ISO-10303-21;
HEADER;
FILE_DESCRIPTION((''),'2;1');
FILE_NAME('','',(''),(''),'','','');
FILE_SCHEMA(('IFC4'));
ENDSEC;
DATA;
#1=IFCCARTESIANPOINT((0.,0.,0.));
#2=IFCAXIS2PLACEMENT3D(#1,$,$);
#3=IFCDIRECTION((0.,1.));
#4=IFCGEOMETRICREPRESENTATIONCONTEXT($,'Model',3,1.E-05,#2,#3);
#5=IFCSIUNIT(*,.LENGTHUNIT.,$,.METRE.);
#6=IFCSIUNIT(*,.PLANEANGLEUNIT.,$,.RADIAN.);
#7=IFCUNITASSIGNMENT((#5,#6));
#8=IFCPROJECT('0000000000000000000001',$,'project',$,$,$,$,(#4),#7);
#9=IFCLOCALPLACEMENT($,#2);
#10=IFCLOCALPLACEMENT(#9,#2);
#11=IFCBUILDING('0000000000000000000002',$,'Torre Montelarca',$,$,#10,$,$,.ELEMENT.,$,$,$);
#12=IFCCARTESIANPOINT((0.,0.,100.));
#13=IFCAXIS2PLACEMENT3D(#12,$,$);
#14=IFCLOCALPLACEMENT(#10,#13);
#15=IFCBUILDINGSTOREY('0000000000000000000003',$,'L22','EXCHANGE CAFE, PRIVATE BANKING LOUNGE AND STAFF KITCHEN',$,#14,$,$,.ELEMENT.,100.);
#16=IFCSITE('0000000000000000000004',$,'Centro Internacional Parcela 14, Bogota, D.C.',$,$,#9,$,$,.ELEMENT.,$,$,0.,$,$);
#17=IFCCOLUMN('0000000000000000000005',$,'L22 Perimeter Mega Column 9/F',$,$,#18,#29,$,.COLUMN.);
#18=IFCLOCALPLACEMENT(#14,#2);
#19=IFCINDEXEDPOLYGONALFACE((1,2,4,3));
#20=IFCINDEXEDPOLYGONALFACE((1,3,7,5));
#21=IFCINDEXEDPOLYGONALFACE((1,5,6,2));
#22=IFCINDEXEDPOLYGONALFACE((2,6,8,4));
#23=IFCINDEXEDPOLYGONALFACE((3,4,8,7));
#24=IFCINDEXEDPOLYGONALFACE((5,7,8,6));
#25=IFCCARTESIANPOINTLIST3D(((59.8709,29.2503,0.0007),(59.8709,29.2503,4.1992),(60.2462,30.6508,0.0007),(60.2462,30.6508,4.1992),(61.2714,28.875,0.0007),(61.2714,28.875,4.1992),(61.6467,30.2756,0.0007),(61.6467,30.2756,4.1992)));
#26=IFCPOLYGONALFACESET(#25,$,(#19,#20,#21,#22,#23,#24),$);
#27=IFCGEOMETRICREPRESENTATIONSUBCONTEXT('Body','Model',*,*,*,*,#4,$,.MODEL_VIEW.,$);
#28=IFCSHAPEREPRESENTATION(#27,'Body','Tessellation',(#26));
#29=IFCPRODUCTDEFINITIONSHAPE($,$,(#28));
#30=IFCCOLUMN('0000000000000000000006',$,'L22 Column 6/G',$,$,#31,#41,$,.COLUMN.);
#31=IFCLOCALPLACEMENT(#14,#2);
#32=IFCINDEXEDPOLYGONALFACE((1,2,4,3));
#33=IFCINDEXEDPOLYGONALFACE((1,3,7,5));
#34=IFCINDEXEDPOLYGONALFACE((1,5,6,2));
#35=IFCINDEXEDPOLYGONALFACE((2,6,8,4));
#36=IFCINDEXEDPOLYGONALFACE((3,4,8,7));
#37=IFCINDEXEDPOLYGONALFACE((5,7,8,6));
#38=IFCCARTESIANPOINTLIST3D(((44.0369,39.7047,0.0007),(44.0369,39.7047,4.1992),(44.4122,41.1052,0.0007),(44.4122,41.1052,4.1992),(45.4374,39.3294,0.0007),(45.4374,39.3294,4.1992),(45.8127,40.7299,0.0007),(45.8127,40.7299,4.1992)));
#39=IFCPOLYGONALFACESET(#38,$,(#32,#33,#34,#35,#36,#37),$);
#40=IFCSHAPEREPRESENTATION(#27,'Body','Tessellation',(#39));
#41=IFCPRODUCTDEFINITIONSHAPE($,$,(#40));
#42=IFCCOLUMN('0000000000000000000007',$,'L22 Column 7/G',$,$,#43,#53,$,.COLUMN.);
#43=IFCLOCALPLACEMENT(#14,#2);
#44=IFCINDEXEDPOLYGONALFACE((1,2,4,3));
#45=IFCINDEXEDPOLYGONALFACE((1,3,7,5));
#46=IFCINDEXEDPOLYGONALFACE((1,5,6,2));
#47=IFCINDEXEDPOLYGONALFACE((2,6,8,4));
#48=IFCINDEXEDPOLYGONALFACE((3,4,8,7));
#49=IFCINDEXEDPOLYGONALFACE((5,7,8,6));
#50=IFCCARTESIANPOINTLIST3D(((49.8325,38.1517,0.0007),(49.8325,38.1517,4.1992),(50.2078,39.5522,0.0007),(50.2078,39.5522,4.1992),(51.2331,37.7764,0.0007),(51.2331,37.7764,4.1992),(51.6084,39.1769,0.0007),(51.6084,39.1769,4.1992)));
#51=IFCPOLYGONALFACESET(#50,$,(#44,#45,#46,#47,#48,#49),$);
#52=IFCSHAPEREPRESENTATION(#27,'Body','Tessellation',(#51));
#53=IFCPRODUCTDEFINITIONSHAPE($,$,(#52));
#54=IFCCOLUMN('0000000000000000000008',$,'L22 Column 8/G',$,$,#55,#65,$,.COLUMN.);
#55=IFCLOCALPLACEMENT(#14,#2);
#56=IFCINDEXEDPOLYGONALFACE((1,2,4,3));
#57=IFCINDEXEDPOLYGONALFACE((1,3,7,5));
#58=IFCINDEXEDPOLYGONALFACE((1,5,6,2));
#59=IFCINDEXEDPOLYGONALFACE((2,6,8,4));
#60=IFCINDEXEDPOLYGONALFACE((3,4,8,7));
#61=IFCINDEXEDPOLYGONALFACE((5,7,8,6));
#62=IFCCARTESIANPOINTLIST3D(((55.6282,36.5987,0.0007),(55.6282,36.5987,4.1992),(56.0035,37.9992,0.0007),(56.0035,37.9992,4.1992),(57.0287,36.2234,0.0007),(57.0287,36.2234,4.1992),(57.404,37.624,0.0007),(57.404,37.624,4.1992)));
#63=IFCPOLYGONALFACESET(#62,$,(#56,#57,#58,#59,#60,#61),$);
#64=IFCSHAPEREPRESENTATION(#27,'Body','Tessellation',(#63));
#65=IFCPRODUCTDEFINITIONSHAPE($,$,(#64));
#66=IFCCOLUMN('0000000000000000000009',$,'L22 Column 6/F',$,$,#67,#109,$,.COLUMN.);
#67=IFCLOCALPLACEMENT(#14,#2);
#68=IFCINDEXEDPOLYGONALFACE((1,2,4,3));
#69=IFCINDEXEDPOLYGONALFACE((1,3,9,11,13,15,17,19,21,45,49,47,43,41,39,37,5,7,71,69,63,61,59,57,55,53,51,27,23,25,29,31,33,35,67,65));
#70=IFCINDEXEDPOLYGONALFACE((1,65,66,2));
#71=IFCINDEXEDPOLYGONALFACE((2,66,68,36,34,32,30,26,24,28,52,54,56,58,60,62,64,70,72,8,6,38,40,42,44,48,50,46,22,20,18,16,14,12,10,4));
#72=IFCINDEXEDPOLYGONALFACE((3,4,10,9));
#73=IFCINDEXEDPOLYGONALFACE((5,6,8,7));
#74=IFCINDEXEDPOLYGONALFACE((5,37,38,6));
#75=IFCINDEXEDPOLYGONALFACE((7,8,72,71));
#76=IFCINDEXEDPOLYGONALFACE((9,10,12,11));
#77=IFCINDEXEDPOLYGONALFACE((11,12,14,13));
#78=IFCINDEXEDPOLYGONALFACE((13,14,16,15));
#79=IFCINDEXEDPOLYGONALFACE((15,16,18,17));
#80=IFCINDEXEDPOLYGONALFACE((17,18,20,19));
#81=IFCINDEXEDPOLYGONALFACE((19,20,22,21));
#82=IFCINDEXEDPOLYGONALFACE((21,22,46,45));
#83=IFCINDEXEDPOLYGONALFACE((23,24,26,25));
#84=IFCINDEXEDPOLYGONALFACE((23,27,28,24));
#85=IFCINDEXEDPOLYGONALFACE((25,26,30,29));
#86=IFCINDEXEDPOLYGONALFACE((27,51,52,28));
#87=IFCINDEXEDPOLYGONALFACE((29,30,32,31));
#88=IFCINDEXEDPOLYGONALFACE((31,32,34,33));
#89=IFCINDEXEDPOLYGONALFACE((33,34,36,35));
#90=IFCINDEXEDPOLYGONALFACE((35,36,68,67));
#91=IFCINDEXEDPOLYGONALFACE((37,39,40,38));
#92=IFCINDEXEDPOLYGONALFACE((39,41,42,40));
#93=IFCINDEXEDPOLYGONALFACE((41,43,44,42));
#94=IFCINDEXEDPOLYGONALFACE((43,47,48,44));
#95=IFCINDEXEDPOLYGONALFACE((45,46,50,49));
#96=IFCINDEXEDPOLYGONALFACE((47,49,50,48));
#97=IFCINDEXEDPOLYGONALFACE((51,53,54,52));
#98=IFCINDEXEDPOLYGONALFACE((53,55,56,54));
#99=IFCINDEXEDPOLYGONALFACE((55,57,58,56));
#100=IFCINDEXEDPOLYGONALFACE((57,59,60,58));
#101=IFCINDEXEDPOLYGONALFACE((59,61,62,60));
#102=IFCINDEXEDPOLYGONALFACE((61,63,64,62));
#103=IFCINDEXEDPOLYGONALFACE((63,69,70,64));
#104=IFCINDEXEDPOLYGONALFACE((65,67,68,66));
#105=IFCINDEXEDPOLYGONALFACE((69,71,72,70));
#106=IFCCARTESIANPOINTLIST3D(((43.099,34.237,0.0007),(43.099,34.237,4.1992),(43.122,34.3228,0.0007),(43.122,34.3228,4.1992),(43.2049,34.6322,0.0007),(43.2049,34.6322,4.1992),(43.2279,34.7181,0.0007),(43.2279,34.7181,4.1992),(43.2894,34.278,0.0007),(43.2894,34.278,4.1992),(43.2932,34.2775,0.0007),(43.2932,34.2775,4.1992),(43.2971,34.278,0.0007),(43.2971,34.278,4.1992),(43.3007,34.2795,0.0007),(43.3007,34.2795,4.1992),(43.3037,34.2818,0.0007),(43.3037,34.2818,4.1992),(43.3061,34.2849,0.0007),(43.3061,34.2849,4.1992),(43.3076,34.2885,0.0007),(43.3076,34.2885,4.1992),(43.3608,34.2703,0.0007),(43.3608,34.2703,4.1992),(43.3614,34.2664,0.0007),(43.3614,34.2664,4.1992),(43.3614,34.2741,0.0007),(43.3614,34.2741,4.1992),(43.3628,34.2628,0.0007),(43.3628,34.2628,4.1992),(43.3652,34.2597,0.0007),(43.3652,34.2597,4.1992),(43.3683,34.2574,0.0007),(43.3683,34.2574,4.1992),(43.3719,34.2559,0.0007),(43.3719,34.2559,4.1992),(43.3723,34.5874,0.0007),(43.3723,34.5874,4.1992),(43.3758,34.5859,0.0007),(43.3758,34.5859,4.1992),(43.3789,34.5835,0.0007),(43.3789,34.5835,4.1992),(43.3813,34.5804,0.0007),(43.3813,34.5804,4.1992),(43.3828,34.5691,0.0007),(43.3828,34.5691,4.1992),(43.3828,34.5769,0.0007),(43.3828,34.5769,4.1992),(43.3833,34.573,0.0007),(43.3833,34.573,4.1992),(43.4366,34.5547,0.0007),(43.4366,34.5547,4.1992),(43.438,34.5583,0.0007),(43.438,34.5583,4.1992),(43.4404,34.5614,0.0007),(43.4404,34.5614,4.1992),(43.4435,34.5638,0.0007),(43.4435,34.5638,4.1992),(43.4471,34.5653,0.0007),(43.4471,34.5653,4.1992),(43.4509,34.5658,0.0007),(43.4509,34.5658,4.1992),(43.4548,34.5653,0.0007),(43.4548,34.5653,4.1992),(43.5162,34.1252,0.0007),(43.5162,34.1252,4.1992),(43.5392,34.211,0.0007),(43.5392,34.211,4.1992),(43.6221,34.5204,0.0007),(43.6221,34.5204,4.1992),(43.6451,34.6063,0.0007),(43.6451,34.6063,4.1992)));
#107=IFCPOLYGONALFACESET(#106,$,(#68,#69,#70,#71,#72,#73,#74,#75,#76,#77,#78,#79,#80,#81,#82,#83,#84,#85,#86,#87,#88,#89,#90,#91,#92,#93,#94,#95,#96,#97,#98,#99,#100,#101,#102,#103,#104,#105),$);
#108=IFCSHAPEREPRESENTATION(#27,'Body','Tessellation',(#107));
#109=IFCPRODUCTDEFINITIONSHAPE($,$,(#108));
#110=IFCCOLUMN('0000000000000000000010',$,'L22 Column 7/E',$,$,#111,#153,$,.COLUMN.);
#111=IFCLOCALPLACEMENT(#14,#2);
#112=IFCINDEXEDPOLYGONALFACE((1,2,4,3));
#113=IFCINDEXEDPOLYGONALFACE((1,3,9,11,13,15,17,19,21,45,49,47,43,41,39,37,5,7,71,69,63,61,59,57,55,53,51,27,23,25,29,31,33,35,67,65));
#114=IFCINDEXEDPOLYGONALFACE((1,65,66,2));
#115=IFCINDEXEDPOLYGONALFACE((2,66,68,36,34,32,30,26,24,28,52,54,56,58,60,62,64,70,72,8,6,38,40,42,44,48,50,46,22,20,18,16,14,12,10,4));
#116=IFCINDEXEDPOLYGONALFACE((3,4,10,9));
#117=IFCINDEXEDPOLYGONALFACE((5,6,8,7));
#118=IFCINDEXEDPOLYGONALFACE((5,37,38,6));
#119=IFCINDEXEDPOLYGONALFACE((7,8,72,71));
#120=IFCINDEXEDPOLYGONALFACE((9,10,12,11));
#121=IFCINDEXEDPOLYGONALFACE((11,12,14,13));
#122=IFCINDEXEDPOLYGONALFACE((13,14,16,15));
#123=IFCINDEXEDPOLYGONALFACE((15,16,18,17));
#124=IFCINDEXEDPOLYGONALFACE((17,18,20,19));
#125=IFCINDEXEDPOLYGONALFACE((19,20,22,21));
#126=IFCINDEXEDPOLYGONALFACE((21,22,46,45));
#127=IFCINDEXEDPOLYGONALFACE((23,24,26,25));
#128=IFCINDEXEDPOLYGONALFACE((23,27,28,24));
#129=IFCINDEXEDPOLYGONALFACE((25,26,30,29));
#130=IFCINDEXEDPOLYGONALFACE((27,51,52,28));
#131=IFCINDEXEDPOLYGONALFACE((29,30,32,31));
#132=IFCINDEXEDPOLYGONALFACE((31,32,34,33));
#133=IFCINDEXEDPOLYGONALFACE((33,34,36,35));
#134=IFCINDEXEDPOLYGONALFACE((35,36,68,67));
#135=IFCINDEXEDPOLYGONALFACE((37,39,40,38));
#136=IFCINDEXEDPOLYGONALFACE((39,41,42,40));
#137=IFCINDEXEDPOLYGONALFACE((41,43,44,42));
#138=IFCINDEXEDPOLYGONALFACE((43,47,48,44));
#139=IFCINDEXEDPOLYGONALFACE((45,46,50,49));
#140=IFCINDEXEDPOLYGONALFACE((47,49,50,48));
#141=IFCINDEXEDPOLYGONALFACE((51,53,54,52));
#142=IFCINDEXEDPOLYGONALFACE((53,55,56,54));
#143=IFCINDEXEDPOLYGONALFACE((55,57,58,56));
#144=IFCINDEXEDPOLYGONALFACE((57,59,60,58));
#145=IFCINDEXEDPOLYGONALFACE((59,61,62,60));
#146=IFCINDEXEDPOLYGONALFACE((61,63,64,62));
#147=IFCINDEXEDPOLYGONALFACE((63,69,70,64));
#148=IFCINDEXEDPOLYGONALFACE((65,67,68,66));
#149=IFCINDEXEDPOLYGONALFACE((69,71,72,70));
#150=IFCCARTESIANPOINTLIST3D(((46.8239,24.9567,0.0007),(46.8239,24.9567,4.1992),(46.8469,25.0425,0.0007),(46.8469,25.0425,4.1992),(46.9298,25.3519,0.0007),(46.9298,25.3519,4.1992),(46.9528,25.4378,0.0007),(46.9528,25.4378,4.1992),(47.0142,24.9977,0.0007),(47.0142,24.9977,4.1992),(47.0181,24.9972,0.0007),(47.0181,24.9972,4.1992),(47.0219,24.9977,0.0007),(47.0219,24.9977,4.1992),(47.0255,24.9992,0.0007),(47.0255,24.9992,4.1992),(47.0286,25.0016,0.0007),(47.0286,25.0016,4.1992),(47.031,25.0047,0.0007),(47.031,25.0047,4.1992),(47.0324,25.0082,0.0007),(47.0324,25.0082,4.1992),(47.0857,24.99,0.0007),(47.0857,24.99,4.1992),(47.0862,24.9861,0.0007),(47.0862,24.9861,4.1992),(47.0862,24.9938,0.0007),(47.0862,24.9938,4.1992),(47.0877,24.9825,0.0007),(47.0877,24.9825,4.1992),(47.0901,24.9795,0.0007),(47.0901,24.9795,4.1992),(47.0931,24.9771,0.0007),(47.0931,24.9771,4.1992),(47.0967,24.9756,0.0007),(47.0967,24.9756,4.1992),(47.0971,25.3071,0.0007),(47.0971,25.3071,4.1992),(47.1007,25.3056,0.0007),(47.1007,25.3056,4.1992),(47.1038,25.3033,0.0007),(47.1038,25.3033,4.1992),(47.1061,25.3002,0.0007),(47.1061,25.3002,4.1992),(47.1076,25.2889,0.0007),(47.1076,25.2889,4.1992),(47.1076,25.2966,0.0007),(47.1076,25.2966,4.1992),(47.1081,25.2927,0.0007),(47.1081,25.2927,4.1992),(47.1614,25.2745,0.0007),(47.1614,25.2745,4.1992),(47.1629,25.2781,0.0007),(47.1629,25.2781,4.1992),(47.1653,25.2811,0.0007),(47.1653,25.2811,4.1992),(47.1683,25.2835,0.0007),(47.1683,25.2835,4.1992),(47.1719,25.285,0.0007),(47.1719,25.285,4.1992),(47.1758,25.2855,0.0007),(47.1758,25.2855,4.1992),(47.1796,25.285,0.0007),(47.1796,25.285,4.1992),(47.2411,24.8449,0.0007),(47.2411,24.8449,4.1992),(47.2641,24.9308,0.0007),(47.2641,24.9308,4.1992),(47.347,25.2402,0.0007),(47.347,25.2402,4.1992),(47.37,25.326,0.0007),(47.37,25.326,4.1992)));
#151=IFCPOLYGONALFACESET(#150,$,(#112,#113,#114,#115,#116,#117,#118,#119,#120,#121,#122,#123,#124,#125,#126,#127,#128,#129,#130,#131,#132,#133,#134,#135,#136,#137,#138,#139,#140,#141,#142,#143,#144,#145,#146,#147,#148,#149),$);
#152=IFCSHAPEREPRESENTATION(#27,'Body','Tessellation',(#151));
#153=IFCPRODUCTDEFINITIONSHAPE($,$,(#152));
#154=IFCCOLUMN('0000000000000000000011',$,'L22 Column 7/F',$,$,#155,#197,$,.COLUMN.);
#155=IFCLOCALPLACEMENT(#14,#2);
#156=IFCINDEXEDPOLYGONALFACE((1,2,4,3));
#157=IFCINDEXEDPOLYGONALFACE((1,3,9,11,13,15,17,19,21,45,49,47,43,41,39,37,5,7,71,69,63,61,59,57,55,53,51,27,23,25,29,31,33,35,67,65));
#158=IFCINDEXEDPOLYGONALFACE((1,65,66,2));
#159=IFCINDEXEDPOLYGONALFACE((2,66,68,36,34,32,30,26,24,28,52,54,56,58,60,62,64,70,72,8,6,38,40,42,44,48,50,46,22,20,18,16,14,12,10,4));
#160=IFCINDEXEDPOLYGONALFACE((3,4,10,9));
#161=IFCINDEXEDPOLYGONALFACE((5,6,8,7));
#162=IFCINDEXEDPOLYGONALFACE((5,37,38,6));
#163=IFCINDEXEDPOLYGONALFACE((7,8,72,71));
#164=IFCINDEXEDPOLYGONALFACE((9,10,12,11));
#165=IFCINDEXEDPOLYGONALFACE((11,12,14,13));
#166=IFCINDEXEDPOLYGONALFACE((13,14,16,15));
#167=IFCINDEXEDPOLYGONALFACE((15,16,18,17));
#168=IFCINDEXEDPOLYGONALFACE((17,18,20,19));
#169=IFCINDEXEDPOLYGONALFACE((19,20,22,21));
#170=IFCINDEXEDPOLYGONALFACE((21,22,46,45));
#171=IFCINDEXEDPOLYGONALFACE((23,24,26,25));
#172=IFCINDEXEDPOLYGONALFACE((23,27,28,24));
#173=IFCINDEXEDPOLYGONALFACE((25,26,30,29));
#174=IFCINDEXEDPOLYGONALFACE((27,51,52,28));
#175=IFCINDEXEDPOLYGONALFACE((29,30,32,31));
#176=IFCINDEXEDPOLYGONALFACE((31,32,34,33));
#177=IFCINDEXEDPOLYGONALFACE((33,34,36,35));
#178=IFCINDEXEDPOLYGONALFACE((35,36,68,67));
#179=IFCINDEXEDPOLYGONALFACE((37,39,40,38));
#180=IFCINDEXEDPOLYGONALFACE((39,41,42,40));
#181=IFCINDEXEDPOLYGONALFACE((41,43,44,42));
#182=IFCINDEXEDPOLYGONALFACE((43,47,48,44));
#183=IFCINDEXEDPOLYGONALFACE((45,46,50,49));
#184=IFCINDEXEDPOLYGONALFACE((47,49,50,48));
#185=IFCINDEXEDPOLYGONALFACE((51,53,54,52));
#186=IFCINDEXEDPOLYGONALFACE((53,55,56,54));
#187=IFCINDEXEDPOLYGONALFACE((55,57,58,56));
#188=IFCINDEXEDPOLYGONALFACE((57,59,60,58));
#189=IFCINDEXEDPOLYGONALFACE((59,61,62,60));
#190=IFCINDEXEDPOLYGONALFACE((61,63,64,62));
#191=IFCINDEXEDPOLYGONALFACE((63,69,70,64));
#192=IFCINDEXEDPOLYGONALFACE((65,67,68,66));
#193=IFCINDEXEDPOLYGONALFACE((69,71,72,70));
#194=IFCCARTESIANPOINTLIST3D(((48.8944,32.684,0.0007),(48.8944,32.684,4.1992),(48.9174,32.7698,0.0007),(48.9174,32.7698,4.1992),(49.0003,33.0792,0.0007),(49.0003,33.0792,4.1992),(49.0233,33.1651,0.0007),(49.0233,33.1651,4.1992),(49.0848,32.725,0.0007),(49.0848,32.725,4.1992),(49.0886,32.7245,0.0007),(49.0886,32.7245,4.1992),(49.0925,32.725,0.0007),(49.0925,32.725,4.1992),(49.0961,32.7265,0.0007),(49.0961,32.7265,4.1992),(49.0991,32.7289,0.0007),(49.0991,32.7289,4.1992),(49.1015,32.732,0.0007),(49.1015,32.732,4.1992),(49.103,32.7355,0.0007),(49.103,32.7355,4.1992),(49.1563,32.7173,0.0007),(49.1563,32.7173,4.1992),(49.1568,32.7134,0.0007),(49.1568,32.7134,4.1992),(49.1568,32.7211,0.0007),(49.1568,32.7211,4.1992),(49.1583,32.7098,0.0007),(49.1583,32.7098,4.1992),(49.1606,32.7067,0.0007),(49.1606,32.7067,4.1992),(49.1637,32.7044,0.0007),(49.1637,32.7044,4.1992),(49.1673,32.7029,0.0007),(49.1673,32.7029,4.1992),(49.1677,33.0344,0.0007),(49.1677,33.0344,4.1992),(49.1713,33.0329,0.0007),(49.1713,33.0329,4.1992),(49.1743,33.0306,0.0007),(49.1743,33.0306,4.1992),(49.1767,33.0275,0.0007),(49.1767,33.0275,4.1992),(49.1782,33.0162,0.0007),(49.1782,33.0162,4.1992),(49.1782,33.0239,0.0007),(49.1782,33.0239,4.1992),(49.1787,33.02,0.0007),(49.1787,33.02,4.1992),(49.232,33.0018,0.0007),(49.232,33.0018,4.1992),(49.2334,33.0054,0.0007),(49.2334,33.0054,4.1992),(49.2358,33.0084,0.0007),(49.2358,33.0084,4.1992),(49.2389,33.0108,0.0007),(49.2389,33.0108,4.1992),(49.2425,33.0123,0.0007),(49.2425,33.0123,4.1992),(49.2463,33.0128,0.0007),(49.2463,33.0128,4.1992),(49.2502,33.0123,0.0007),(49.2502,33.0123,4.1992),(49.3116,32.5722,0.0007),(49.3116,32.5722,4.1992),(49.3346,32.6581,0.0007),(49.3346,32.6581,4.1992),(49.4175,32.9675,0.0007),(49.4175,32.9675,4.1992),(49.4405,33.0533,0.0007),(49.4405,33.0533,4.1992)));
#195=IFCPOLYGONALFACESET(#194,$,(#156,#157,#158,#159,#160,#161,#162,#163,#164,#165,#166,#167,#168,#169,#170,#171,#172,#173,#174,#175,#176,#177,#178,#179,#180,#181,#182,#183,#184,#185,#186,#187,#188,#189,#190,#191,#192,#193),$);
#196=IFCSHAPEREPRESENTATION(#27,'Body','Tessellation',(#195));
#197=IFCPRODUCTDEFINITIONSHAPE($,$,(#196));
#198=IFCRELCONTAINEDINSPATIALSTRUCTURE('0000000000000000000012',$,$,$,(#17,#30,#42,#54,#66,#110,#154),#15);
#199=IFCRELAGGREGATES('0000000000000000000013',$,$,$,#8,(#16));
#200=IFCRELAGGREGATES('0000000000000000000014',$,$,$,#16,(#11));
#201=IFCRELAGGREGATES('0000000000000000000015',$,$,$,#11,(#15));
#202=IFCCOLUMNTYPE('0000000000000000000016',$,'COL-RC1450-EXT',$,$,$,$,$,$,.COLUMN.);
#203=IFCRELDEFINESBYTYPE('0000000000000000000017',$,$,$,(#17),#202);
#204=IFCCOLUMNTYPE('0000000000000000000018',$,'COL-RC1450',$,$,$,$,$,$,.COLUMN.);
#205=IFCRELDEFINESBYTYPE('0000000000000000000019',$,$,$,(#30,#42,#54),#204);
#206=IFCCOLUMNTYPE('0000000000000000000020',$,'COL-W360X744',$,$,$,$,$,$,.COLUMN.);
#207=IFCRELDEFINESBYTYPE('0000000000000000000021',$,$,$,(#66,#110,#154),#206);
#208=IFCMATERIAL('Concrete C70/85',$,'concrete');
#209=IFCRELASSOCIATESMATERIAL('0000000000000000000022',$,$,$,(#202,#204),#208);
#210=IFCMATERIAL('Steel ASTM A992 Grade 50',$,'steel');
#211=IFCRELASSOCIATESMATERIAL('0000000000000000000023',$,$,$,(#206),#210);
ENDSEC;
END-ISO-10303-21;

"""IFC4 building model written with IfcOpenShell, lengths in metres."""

from ifc_helpers import new_model, si_unit, direction, frame, origin, origin_2d, place, context, subcontext, project, spatial, rectangle, i_section, extrude, source, transform, mapped, material, material_profile, profile_set, type_object, element, save


model = new_model("IFC4")

# Units and contexts
model_context = context("Model", 3, precision=1e-05, world=origin(), true_north=direction((0.0, 1.0)))
body_context = subcontext(model_context, "Body", "Model", "MODEL_VIEW")
ifc_project = project(units=[si_unit("LENGTHUNIT", "METRE"), si_unit("PLANEANGLEUNIT", "RADIAN")], contexts=[model_context])

# Site, building, storey
site_placement = place(None, origin())
site = spatial("IfcSite", under=ifc_project, at=site_placement, Name="Centro Internacional Parcela 14, Bogota, D.C.", CompositionType="ELEMENT", RefElevation=0.0)
building_placement = place(site_placement, origin())
building = spatial("IfcBuilding", under=site, at=building_placement, Name="Torre Montelarca", CompositionType="ELEMENT")
storey_placement = place(building_placement, frame((0.0, 0.0, 100.0)))
storey = spatial("IfcBuildingStorey", under=building, at=storey_placement, Name="L22", Description="EXCHANGE CAFE, PRIVATE BANKING LOUNGE AND STAFF KITCHEN", CompositionType="ELEMENT", Elevation=100.0)

# Columns
ifc_material_1 = material(Name="Concrete C70/85", Category="concrete")
ifc_material_profile_1 = material_profile(ifc_material_1, rectangle(XDim=1.45, YDim=1.45, at=origin_2d()), Name="RC1450X1450", Category="concrete")
ifc_profile_set_1 = profile_set([ifc_material_profile_1], Name="Concrete C70/85")
column_type_1 = type_object("IfcColumnType", Name="COL-RC1450-EXT", PredefinedType="COLUMN", material=ifc_profile_set_1)
shared_shape_1 = source(origin(), body_context, "Body", "SweptSolid", [
    extrude(rectangle(XDim=1.45, YDim=1.45, at=origin_2d()), origin(), (0.0, 0.0, 1.0), 4.1985),
])
column_placement = place(storey_placement, frame((60.7588, 29.7629, 0.0007), z_axis=(0.0, 0.0, 1.0), x_axis=(-0.965926, 0.258819, 0.0)))
element("IfcColumn", 1, at=column_placement, inside=storey, type_object=column_type_1, Name="L22 Perimeter Mega Column 9/F", PredefinedType="COLUMN", context=body_context, shape_type="MappedRepresentation", body=[
    mapped(shared_shape_1, transform((0.0, 0.0, 0.0), scale=1.0)),
])
ifc_material_profile_2 = material_profile(ifc_material_1, rectangle(XDim=1.45, YDim=1.45, at=origin_2d()), Name="RC1450X1450", Category="concrete")
ifc_profile_set_2 = profile_set([ifc_material_profile_2], Name="Concrete C70/85")
column_type_2 = type_object("IfcColumnType", Name="COL-RC1450", PredefinedType="COLUMN", material=ifc_profile_set_2)
shared_shape_2 = source(origin(), body_context, "Body", "SweptSolid", [
    extrude(rectangle(XDim=1.45, YDim=1.45, at=origin_2d()), origin(), (0.0, 0.0, 1.0), 4.1985),
])
for number, where, z_axis, x_axis, name in (
    (2, (44.9248, 40.2173, 0.0007), (0.0, 0.0, 1.0), (-0.965926, 0.258819, 0.0), "L22 Column 6/G"),
    (3, (50.7205, 38.6643, 0.0007), (0.0, 0.0, 1.0), (-0.965926, 0.258819, 0.0), "L22 Column 7/G"),
    (4, (56.5161, 37.1113, 0.0007), (0.0, 0.0, 1.0), (-0.965926, 0.258819, 0.0), "L22 Column 8/G"),
):
    element("IfcColumn", number, at=place(storey_placement, frame(where, z_axis=z_axis, x_axis=x_axis)), inside=storey, type_object=column_type_2, Name=name, PredefinedType="COLUMN", context=body_context, shape_type="MappedRepresentation", body=[
        mapped(shared_shape_2, transform((0.0, 0.0, 0.0), scale=1.0)),
    ])
ifc_material_2 = material(Name="Steel ASTM A992 Grade 50", Category="steel")
ifc_material_profile_3 = material_profile(ifc_material_2, i_section(OverallWidth=0.4319, OverallDepth=0.498, WebThickness=0.0557, FlangeThickness=0.0889, FilletRadius=0.0149, at=origin_2d()), Name="W360X744", Category="steel")
ifc_profile_set_3 = profile_set([ifc_material_profile_3], Name="Steel ASTM A992 Grade 50")
column_type_3 = type_object("IfcColumnType", Name="COL-W360X744", PredefinedType="COLUMN", material=ifc_profile_set_3)
shared_shape_3 = source(origin(), body_context, "Body", "SweptSolid", [
    extrude(i_section(OverallWidth=0.4319, OverallDepth=0.498, WebThickness=0.0557, FlangeThickness=0.0889, FilletRadius=0.0149, at=origin_2d()), origin(), (0.0, 0.0, 1.0), 4.1985),
])
for number, where, z_axis, x_axis, name in (
    (5, (43.3721, 34.4216, 0.0007), (0.0, 0.0, 1.0), (-0.965926, 0.258819, 0.0), "L22 Column 6/F"),
    (6, (47.0969, 25.1414, 0.0007), (0.0, 0.0, 1.0), (-0.965926, 0.258819, 0.0), "L22 Column 7/E"),
    (7, (49.1675, 32.8687, 0.0007), (0.0, 0.0, 1.0), (-0.965926, 0.258819, 0.0), "L22 Column 7/F"),
):
    element("IfcColumn", number, at=place(storey_placement, frame(where, z_axis=z_axis, x_axis=x_axis)), inside=storey, type_object=column_type_3, Name=name, PredefinedType="COLUMN", context=body_context, shape_type="MappedRepresentation", body=[
        mapped(shared_shape_3, transform((0.0, 0.0, 0.0), scale=1.0)),
    ])

save(model, "model.ifc")
